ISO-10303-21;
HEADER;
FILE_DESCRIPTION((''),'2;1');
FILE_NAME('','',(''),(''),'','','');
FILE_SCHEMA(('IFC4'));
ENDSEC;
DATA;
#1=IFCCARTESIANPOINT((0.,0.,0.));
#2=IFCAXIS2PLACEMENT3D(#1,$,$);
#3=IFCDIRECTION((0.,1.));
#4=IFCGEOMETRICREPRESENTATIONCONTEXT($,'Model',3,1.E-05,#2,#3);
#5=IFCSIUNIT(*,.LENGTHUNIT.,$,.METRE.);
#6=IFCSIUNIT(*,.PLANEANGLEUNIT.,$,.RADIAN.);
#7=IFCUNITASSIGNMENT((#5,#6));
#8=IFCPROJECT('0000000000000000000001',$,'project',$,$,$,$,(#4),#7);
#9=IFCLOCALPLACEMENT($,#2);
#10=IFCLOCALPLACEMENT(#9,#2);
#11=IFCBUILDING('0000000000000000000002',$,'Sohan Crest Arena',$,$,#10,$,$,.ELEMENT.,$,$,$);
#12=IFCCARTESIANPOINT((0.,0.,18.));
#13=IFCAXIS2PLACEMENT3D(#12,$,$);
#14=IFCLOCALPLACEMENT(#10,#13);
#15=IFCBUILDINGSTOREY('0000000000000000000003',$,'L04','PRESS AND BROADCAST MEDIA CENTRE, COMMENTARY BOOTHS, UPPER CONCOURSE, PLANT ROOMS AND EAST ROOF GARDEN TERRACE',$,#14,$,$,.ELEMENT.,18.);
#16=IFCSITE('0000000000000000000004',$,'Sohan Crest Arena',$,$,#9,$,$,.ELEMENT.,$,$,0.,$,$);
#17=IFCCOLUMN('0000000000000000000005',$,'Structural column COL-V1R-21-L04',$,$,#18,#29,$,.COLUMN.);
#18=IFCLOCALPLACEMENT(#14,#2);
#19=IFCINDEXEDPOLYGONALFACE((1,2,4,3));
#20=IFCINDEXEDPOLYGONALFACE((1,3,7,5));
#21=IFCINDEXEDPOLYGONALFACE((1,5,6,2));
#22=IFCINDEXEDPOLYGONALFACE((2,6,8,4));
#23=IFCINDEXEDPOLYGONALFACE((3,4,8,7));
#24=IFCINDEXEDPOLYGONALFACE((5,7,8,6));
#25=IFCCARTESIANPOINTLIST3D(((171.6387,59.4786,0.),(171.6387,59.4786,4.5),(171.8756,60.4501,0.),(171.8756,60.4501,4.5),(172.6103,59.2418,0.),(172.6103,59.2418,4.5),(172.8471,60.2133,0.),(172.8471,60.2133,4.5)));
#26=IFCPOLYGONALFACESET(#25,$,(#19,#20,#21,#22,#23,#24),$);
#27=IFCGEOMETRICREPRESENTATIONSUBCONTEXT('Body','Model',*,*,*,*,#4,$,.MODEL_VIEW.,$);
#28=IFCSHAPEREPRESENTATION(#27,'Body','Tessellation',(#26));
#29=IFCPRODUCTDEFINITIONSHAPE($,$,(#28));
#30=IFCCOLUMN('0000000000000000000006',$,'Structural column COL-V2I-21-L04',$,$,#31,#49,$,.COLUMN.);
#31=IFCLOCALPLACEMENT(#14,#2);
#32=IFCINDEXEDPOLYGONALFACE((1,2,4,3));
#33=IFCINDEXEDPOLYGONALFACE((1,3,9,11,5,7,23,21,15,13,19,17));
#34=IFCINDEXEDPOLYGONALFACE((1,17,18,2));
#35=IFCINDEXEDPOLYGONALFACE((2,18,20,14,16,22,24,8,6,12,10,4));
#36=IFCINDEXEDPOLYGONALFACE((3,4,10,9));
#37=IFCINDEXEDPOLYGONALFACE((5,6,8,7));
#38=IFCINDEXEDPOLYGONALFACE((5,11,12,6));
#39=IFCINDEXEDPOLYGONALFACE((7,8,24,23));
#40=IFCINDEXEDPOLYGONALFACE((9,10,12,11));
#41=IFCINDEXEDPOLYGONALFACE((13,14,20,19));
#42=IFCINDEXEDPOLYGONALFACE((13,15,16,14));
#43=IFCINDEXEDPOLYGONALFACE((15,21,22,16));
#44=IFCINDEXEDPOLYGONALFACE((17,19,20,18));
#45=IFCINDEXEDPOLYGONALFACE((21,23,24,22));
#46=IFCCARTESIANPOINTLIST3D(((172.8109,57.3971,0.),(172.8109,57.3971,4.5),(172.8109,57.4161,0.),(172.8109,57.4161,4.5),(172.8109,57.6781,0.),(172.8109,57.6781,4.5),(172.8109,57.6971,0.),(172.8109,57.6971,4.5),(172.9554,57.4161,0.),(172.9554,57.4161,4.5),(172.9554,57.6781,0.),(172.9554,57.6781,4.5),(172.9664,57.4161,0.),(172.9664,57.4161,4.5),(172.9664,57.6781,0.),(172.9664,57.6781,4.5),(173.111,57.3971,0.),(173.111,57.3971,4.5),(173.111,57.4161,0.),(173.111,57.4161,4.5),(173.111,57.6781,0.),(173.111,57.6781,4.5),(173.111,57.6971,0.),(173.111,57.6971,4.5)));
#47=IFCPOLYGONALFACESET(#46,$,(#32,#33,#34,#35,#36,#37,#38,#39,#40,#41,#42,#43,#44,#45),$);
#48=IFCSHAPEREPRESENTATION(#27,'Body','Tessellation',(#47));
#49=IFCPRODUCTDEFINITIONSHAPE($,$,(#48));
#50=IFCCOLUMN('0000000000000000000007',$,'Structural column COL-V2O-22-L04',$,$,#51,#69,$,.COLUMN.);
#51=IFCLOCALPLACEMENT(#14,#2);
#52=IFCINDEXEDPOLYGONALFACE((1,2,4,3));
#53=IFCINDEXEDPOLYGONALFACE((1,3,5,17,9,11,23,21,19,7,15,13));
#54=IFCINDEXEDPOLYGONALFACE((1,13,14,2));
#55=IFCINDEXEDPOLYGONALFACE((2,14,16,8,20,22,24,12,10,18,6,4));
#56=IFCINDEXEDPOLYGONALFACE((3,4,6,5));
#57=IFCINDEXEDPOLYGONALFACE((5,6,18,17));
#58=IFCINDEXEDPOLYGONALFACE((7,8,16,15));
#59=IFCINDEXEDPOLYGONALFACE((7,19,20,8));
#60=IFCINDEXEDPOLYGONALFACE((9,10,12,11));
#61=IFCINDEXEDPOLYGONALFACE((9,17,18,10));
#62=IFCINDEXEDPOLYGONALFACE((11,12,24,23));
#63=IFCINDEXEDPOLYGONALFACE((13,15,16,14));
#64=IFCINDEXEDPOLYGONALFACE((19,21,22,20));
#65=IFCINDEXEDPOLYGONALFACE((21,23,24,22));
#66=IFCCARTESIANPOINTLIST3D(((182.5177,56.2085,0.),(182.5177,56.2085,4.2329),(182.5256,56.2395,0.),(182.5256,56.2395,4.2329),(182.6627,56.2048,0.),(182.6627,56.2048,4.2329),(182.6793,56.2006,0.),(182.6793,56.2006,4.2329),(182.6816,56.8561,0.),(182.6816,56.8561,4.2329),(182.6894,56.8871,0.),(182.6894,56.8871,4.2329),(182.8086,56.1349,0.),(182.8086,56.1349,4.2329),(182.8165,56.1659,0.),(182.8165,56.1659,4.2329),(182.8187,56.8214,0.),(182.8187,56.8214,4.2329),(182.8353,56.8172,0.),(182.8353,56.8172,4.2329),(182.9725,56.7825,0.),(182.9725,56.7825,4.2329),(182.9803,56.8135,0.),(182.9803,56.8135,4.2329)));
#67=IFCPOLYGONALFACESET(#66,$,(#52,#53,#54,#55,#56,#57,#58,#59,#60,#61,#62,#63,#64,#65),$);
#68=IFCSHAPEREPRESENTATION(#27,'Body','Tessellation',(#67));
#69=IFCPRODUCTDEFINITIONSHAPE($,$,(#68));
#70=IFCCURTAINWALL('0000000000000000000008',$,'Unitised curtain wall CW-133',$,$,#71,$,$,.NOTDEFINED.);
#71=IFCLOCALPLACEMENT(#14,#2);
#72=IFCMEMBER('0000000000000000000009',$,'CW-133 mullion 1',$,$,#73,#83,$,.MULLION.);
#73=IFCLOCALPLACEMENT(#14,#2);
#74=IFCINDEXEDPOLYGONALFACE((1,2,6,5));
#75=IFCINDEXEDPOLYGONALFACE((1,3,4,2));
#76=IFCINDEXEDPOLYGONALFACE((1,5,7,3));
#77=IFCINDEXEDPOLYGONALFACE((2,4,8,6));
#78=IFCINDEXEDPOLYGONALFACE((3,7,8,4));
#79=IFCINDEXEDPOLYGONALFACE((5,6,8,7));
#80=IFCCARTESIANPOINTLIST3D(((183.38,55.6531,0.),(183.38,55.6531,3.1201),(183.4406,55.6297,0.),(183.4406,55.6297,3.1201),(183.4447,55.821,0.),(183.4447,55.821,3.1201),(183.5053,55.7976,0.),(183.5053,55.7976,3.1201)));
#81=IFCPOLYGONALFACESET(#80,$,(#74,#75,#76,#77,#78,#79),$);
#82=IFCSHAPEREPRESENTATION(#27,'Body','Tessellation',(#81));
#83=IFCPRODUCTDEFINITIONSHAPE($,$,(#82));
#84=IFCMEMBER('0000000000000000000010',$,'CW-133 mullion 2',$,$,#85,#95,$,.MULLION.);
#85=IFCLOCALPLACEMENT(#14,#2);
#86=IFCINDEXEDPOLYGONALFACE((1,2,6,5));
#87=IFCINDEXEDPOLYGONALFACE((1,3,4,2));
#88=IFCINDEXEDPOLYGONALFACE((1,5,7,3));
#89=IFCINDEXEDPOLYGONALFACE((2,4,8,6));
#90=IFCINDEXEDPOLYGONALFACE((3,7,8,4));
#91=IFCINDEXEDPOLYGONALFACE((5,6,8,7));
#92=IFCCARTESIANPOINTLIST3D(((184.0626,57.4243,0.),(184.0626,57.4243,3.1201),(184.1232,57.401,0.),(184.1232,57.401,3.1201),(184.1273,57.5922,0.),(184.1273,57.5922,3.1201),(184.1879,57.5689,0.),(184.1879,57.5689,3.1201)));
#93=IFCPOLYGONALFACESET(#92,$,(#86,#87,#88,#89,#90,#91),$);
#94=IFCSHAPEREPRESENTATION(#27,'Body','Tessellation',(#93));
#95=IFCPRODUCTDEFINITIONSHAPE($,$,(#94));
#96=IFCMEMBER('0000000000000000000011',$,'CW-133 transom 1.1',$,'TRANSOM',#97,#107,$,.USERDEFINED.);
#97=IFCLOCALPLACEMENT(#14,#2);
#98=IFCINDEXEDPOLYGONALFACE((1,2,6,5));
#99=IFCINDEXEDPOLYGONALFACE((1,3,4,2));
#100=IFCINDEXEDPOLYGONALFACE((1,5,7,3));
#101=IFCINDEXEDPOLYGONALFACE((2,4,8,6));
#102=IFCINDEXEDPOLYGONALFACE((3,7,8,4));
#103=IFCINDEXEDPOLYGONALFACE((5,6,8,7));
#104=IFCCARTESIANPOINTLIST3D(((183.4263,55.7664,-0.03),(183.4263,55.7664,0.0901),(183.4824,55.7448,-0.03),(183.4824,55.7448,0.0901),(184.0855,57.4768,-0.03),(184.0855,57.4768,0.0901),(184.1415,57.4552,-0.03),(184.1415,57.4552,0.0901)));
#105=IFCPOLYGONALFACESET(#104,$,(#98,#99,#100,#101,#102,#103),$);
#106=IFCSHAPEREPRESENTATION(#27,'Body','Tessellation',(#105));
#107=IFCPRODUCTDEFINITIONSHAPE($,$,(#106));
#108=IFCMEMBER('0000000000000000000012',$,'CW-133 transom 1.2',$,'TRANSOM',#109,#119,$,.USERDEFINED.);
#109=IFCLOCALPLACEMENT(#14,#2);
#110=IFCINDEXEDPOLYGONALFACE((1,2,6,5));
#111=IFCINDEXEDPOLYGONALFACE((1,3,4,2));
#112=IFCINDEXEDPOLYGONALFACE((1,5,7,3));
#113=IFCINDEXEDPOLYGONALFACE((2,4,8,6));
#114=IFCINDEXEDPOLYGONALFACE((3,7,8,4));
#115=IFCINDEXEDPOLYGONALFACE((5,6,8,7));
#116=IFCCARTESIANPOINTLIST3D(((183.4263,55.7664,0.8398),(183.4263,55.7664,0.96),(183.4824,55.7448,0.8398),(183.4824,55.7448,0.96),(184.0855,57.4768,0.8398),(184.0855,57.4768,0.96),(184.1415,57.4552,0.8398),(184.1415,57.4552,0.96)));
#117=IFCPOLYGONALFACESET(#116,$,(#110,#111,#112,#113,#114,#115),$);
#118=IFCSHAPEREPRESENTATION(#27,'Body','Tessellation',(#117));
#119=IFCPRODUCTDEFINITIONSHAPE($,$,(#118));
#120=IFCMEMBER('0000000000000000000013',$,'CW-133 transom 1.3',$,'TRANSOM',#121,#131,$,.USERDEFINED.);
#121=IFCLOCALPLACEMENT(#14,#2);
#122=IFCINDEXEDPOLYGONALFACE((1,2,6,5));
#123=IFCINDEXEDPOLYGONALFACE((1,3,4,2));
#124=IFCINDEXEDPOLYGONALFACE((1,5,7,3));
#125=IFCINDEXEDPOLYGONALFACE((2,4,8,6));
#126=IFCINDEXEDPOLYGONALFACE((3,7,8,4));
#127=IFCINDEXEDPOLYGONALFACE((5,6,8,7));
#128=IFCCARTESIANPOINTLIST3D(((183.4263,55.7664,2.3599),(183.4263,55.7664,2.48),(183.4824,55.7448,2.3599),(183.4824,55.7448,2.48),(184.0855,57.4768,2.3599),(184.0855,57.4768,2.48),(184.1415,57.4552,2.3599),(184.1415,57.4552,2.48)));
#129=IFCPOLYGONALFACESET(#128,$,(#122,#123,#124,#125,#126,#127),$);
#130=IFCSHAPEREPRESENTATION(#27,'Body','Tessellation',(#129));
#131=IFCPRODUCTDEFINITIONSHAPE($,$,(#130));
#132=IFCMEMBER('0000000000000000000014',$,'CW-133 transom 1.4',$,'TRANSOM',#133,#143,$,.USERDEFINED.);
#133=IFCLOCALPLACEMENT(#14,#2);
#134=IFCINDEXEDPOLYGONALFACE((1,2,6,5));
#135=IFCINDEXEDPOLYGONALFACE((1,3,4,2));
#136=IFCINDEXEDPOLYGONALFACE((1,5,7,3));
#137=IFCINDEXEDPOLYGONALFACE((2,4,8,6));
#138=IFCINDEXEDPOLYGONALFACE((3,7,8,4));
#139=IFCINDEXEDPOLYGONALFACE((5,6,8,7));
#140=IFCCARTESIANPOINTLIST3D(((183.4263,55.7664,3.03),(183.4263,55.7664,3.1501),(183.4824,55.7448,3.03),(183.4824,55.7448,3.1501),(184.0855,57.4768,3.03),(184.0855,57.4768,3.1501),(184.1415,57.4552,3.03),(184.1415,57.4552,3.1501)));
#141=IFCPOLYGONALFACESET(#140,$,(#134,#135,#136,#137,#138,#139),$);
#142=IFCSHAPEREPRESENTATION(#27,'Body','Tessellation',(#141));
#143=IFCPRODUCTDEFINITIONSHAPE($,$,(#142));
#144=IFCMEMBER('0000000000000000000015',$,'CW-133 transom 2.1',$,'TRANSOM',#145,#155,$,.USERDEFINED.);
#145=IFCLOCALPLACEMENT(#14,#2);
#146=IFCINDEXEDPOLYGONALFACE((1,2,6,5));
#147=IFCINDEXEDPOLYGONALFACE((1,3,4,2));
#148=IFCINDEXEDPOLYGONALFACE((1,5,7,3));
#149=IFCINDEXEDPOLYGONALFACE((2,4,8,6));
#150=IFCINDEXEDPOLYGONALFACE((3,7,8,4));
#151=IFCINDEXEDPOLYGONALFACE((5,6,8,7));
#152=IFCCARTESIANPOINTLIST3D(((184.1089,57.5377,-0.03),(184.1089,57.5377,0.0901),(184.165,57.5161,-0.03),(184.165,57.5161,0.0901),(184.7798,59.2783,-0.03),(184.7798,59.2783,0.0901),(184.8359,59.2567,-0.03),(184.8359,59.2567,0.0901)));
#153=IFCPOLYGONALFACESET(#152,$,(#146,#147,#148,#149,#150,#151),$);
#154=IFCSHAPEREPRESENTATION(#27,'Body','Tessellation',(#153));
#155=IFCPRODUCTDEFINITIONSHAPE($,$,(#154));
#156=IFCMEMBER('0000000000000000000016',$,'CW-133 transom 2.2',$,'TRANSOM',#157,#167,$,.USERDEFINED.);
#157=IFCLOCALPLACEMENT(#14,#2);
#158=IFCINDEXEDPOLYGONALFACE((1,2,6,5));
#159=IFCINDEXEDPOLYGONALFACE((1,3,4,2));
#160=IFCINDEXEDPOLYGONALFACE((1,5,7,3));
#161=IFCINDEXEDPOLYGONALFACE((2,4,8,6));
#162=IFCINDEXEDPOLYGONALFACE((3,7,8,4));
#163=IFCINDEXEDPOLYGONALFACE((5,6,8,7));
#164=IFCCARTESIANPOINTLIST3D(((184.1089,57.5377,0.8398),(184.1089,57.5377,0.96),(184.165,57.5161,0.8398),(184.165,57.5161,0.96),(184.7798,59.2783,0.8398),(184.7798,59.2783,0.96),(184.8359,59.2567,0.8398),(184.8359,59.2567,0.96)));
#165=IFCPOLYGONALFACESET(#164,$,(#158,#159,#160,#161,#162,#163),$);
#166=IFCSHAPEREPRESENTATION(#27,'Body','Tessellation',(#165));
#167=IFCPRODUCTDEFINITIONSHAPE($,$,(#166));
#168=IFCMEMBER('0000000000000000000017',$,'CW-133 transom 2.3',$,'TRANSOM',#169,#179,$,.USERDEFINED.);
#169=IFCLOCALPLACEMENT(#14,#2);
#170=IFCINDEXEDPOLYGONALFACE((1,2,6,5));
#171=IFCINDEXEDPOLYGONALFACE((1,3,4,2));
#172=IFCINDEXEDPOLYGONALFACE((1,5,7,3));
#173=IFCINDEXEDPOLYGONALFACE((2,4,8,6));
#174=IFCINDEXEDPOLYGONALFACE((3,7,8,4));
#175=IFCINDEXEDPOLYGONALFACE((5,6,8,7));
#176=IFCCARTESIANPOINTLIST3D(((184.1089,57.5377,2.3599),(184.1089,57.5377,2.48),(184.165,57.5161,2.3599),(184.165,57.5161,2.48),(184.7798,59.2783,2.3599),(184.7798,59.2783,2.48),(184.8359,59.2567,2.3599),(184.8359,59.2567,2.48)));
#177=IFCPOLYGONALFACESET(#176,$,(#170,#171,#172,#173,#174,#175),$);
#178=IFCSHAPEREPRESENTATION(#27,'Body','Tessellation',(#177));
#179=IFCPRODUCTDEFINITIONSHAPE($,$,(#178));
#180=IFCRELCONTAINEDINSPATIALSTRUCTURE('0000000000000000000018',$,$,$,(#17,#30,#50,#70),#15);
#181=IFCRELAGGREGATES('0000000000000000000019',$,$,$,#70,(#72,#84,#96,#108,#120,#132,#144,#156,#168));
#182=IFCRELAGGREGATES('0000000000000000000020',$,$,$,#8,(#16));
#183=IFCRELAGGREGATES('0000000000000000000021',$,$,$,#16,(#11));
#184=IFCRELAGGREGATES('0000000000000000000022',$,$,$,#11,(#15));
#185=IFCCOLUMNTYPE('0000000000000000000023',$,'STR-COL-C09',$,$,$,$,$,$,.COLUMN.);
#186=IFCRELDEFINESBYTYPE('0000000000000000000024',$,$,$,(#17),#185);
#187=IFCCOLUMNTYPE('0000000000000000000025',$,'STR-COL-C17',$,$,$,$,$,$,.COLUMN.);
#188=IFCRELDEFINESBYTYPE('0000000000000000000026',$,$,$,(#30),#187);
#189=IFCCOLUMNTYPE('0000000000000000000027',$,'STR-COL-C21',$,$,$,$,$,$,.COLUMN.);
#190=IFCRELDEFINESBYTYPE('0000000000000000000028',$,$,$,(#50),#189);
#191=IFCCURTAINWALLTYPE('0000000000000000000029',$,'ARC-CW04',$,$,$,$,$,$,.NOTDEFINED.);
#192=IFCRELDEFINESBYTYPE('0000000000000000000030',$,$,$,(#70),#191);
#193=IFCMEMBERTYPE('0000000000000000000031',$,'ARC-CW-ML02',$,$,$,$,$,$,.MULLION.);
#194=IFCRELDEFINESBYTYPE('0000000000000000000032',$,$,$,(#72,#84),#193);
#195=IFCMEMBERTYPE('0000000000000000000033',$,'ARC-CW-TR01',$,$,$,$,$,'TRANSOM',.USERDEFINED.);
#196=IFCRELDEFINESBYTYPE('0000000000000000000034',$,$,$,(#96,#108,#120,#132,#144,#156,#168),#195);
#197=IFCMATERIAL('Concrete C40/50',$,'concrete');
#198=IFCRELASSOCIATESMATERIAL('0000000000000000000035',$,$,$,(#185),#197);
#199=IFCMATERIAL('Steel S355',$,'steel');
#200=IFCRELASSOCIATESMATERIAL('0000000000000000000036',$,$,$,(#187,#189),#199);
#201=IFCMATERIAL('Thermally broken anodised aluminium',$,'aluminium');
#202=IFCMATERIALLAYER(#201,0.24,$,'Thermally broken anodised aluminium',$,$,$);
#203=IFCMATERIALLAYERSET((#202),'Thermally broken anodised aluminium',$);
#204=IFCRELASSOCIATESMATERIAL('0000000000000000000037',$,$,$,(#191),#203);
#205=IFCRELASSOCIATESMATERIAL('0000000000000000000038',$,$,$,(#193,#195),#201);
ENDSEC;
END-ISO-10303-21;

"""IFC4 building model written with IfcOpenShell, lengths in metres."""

from ifc_helpers import new_model, si_unit, direction, frame, origin, origin_2d, place, context, subcontext, project, spatial, rectangle, i_section, extrude, material, layer, layer_set, material_profile, profile_set, type_object, element, aggregate, save


model = new_model("IFC4")

# Units and contexts
model_context = context("Model", 3, precision=1e-05, world=origin(), true_north=direction((0.0, 1.0)))
body_context = subcontext(model_context, "Body", "Model", "MODEL_VIEW")
ifc_project = project(units=[si_unit("LENGTHUNIT", "METRE"), si_unit("PLANEANGLEUNIT", "RADIAN")], contexts=[model_context])

# Site, building, storey
site_placement = place(None, origin())
site = spatial("IfcSite", under=ifc_project, at=site_placement, Name="Sohan Crest Arena", CompositionType="ELEMENT", RefElevation=0.0)
building_placement = place(site_placement, origin())
building = spatial("IfcBuilding", under=site, at=building_placement, Name="Sohan Crest Arena", CompositionType="ELEMENT")
storey_placement = place(building_placement, frame((0.0, 0.0, 18.0)))
storey = spatial("IfcBuildingStorey", under=building, at=storey_placement, Name="L04", Description="PRESS AND BROADCAST MEDIA CENTRE, COMMENTARY BOOTHS, UPPER CONCOURSE, PLANT ROOMS AND EAST ROOF GARDEN TERRACE", CompositionType="ELEMENT", Elevation=18.0)

# Columns
ifc_material_1 = material(Name="Concrete C40/50", Category="concrete")
ifc_material_profile_1 = material_profile(ifc_material_1, rectangle(XDim=1.0, YDim=1.0, at=origin_2d()), Name="RC 1000x1000")
ifc_profile_set_1 = profile_set([ifc_material_profile_1], Name="Concrete C40/50")
column_type_1 = type_object("IfcColumnType", Name="STR-COL-C09", PredefinedType="COLUMN", material=ifc_profile_set_1)
column_1_placement = place(storey_placement, frame((172.2429, 59.8459, 0.0), z_axis=(0.0, 0.0, 1.0), x_axis=(-0.971549, 0.236838, 0.0)))
element("IfcColumn", 1, at=column_1_placement, inside=storey, type_object=column_type_1, Name="Structural column COL-V1R-21-L04", PredefinedType="COLUMN", context=body_context, shape_type="SweptSolid", body=[
    extrude(rectangle(XDim=1.0, YDim=1.0, at=origin_2d()), origin(), (0.0, 0.0, 1.0), 4.5),
])
ifc_material_2 = material(Name="Steel S355", Category="steel")
ifc_material_profile_2 = material_profile(ifc_material_2, i_section(OverallWidth=0.3, OverallDepth=0.3, WebThickness=0.011, FlangeThickness=0.019, at=origin_2d()), Name="HEB 300")
ifc_profile_set_2 = profile_set([ifc_material_profile_2], Name="Steel S355")
column_type_2 = type_object("IfcColumnType", Name="STR-COL-C17", PredefinedType="COLUMN", material=ifc_profile_set_2)
column_2_placement = place(storey_placement, frame((172.9609, 57.5471, 0.0), z_axis=(0.0, 0.0, 1.0), x_axis=(1.0, 0.0, 0.0)))
element("IfcColumn", 2, at=column_2_placement, inside=storey, type_object=column_type_2, Name="Structural column COL-V2I-21-L04", PredefinedType="COLUMN", context=body_context, shape_type="SweptSolid", body=[
    extrude(i_section(OverallWidth=0.3, OverallDepth=0.3, WebThickness=0.011, FlangeThickness=0.019, at=origin_2d()), origin(), (0.0, 0.0, 1.0), 4.5),
])
ifc_material_profile_3 = material_profile(ifc_material_2, i_section(OverallWidth=0.3, OverallDepth=0.7, WebThickness=0.0171, FlangeThickness=0.032, at=origin_2d()), Name="HEB 700")
ifc_profile_set_3 = profile_set([ifc_material_profile_3], Name="Steel S355")
column_type_3 = type_object("IfcColumnType", Name="STR-COL-C21", PredefinedType="COLUMN", material=ifc_profile_set_3)
column_3_placement = place(storey_placement, frame((182.749, 56.511, 0.0), z_axis=(0.0, 0.0, 1.0), x_axis=(-0.969445, 0.245307, 0.0)))
element("IfcColumn", 3, at=column_3_placement, inside=storey, type_object=column_type_3, Name="Structural column COL-V2O-22-L04", PredefinedType="COLUMN", context=body_context, shape_type="SweptSolid", body=[
    extrude(i_section(OverallWidth=0.3, OverallDepth=0.7, WebThickness=0.0171, FlangeThickness=0.032, at=origin_2d()), origin(), (0.0, 0.0, 1.0), 4.2329),
])

# Curtain wall, members
ifc_material_3 = material(Name="Thermally broken anodised aluminium", Category="aluminium")
ifc_layer_1 = layer(ifc_material_3, 0.24, Name="Thermally broken anodised aluminium")
ifc_layer_set_1 = layer_set([ifc_layer_1], Name="Thermally broken anodised aluminium")
curtain_wall_type = type_object("IfcCurtainWallType", Name="ARC-CW04", PredefinedType="NOTDEFINED", material=ifc_layer_set_1)
curtain_wall_placement = place(storey_placement, origin())
curtain_wall = element("IfcCurtainWall", 4, at=curtain_wall_placement, inside=storey, type_object=curtain_wall_type, Name="Unitised curtain wall CW-133", PredefinedType="NOTDEFINED")
ifc_material_profile_4 = material_profile(ifc_material_3, rectangle(XDim=0.0649, YDim=0.1799, at=origin_2d()), Name="ALU-MULL 65x180")
ifc_profile_set_4 = profile_set([ifc_material_profile_4], Name="Thermally broken anodised aluminium")
member_type_1 = type_object("IfcMemberType", Name="ARC-CW-ML02", PredefinedType="MULLION", material=ifc_profile_set_4)
member_1_placement = place(storey_placement, frame((183.4426, 55.7253, 0.0), z_axis=(0.0, 0.0, 1.0), x_axis=(-0.933094, 0.359633, 0.0)))
member_1 = element("IfcMember", 5, at=member_1_placement, type_object=member_type_1, Name="CW-133 mullion 1", PredefinedType="MULLION", context=body_context, shape_type="SweptSolid", body=[
    extrude(rectangle(XDim=0.0649, YDim=0.1799, at=origin_2d()), origin(), (0.0, 0.0, 1.0), 3.1201),
])
member_2_placement = place(storey_placement, frame((184.1252, 57.4966, 0.0), z_axis=(0.0, 0.0, 1.0), x_axis=(-0.933094, 0.359633, 0.0)))
member_2 = element("IfcMember", 6, at=member_2_placement, type_object=member_type_1, Name="CW-133 mullion 2", PredefinedType="MULLION", context=body_context, shape_type="SweptSolid", body=[
    extrude(rectangle(XDim=0.0649, YDim=0.1799, at=origin_2d()), origin(), (0.0, 0.0, 1.0), 3.1201),
])
ifc_material_profile_5 = material_profile(ifc_material_3, rectangle(XDim=0.0601, YDim=0.1201, at=origin_2d()), Name="ALU-TRAN 60x120")
ifc_profile_set_5 = profile_set([ifc_material_profile_5], Name="Thermally broken anodised aluminium")
member_type_2 = type_object("IfcMemberType", Name="ARC-CW-TR01", ElementType="TRANSOM", PredefinedType="USERDEFINED", material=ifc_profile_set_5)
member_3_placement = place(storey_placement, frame((183.4543, 55.7556, 0.03), z_axis=(0.359604, 0.933105, 0.0), x_axis=(-0.933105, 0.359604, 0.0)))
member_3 = element("IfcMember", 7, at=member_3_placement, type_object=member_type_2, Name="CW-133 transom 1.1", ObjectType="TRANSOM", PredefinedType="USERDEFINED", context=body_context, shape_type="SweptSolid", body=[
    extrude(rectangle(XDim=0.0601, YDim=0.1201, at=origin_2d()), origin(), (0.0, 0.0, 1.0), 1.833),
])
member_4_placement = place(storey_placement, frame((183.4543, 55.7556, 0.8999), z_axis=(0.359604, 0.933105, 0.0), x_axis=(-0.933105, 0.359604, 0.0)))
member_4 = element("IfcMember", 8, at=member_4_placement, type_object=member_type_2, Name="CW-133 transom 1.2", ObjectType="TRANSOM", PredefinedType="USERDEFINED", context=body_context, shape_type="SweptSolid", body=[
    extrude(rectangle(XDim=0.0601, YDim=0.1201, at=origin_2d()), origin(), (0.0, 0.0, 1.0), 1.833),
])
member_5_placement = place(storey_placement, frame((183.4543, 55.7556, 2.4199), z_axis=(0.359604, 0.933105, 0.0), x_axis=(-0.933105, 0.359604, 0.0)))
member_5 = element("IfcMember", 9, at=member_5_placement, type_object=member_type_2, Name="CW-133 transom 1.3", ObjectType="TRANSOM", PredefinedType="USERDEFINED", context=body_context, shape_type="SweptSolid", body=[
    extrude(rectangle(XDim=0.0601, YDim=0.1201, at=origin_2d()), origin(), (0.0, 0.0, 1.0), 1.833),
])
member_6_placement = place(storey_placement, frame((183.4543, 55.7556, 3.0901), z_axis=(0.359604, 0.933105, 0.0), x_axis=(-0.933105, 0.359604, 0.0)))
member_6 = element("IfcMember", 10, at=member_6_placement, type_object=member_type_2, Name="CW-133 transom 1.4", ObjectType="TRANSOM", PredefinedType="USERDEFINED", context=body_context, shape_type="SweptSolid", body=[
    extrude(rectangle(XDim=0.0601, YDim=0.1201, at=origin_2d()), origin(), (0.0, 0.0, 1.0), 1.833),
])
member_7_placement = place(storey_placement, frame((184.137, 57.5269, 0.03), z_axis=(0.359628, 0.933096, 0.0), x_axis=(-0.933096, 0.359628, 0.0)))
member_7 = element("IfcMember", 11, at=member_7_placement, type_object=member_type_2, Name="CW-133 transom 2.1", ObjectType="TRANSOM", PredefinedType="USERDEFINED", context=body_context, shape_type="SweptSolid", body=[
    extrude(rectangle(XDim=0.0601, YDim=0.1201, at=origin_2d()), origin(), (0.0, 0.0, 1.0), 1.8655),
])
member_8_placement = place(storey_placement, frame((184.137, 57.5269, 0.8999), z_axis=(0.359628, 0.933096, 0.0), x_axis=(-0.933096, 0.359628, 0.0)))
member_8 = element("IfcMember", 12, at=member_8_placement, type_object=member_type_2, Name="CW-133 transom 2.2", ObjectType="TRANSOM", PredefinedType="USERDEFINED", context=body_context, shape_type="SweptSolid", body=[
    extrude(rectangle(XDim=0.0601, YDim=0.1201, at=origin_2d()), origin(), (0.0, 0.0, 1.0), 1.8655),
])
member_9_placement = place(storey_placement, frame((184.137, 57.5269, 2.4199), z_axis=(0.359628, 0.933096, 0.0), x_axis=(-0.933096, 0.359628, 0.0)))
member_9 = element("IfcMember", 13, at=member_9_placement, type_object=member_type_2, Name="CW-133 transom 2.3", ObjectType="TRANSOM", PredefinedType="USERDEFINED", context=body_context, shape_type="SweptSolid", body=[
    extrude(rectangle(XDim=0.0601, YDim=0.1201, at=origin_2d()), origin(), (0.0, 0.0, 1.0), 1.8655),
])

aggregate(curtain_wall, [member_1, member_2, member_3, member_4, member_5, member_6, member_7, member_8, member_9])

save(model, "model.ifc")
